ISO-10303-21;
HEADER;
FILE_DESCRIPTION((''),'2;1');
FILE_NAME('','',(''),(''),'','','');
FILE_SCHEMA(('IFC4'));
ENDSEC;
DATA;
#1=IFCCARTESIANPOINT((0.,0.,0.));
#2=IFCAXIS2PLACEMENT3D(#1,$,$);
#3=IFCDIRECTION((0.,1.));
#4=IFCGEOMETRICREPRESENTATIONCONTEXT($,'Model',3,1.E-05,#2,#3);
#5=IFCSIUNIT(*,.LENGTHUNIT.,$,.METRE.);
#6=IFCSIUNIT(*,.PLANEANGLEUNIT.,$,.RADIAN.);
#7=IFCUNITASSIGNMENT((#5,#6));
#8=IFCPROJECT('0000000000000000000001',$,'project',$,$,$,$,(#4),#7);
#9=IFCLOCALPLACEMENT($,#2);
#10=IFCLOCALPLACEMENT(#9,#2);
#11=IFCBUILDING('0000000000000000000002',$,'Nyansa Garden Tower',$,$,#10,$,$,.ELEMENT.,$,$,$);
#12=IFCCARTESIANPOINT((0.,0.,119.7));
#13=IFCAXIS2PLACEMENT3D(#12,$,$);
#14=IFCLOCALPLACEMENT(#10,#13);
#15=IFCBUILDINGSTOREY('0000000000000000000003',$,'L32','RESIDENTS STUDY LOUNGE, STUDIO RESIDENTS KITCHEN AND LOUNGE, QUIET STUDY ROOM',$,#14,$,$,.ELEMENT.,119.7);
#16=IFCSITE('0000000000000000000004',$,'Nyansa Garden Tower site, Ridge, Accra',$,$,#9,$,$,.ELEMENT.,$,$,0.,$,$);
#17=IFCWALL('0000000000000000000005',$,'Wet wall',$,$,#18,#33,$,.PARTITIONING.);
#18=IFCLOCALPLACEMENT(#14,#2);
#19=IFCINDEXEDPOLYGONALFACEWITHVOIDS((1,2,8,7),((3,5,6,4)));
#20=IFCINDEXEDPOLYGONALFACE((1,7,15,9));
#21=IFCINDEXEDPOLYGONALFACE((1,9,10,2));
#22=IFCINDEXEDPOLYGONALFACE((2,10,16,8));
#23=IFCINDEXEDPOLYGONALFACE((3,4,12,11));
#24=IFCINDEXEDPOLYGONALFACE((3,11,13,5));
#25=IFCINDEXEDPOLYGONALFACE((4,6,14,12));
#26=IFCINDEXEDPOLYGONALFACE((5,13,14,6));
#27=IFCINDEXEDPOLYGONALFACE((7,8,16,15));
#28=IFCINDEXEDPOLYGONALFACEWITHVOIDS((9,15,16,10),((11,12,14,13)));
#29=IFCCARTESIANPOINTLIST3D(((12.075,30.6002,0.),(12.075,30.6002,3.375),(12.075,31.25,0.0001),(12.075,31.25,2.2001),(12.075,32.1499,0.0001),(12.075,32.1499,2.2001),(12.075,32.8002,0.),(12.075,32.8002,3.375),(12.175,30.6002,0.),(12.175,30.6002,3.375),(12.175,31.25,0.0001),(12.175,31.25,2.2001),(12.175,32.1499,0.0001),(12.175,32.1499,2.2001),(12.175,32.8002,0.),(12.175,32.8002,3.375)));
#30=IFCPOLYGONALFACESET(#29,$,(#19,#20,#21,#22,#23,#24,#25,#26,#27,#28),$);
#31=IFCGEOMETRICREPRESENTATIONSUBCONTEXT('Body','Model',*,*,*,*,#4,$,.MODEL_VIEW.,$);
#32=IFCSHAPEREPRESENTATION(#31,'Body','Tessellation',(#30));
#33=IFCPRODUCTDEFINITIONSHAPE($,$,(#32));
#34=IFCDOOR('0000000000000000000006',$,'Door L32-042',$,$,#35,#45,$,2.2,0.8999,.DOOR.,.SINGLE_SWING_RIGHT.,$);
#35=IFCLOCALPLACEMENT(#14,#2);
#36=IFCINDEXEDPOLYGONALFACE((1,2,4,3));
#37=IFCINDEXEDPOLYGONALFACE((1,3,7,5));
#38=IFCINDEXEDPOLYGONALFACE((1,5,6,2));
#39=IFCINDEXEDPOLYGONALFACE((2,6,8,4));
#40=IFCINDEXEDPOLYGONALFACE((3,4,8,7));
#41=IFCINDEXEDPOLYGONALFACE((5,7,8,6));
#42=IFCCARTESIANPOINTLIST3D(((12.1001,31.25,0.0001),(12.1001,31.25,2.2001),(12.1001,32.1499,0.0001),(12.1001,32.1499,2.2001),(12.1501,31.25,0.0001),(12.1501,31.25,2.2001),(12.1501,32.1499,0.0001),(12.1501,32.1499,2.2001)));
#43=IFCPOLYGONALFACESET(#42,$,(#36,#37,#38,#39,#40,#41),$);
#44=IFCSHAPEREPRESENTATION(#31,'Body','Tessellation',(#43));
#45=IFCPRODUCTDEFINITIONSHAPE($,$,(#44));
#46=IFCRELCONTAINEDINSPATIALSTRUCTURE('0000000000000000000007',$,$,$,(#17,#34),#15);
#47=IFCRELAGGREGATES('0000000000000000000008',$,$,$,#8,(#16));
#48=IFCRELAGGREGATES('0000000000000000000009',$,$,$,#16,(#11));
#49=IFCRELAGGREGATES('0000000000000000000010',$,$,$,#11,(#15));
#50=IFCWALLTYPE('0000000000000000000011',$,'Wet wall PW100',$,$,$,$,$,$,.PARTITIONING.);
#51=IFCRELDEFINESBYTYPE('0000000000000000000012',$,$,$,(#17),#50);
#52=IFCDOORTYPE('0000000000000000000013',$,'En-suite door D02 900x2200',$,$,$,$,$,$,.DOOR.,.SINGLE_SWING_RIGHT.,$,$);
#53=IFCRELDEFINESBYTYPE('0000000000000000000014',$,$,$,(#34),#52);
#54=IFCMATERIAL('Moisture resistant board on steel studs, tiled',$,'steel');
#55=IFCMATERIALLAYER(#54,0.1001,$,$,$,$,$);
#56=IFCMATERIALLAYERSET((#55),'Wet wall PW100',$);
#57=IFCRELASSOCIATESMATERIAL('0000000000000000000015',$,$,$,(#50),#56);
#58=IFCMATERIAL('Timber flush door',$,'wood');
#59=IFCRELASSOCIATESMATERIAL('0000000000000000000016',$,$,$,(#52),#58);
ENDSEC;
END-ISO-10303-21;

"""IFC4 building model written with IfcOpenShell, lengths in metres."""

from ifc_helpers import new_model, si_unit, direction, frame, frame_2d, origin, place, context, subcontext, project, spatial, rectangle, extrude, material, layer, layer_set, type_object, element, fill, save


model = new_model("IFC4")

# Units and contexts
model_context = context("Model", 3, precision=1e-05, world=origin(), true_north=direction((0.0, 1.0)))
body_context = subcontext(model_context, "Body", "Model", "MODEL_VIEW")
ifc_project = project(units=[si_unit("LENGTHUNIT", "METRE"), si_unit("PLANEANGLEUNIT", "RADIAN")], contexts=[model_context])

# Site, building, storey
site_placement = place(None, origin())
site = spatial("IfcSite", under=ifc_project, at=site_placement, Name="Nyansa Garden Tower site, Ridge, Accra", CompositionType="ELEMENT", RefElevation=0.0)
building_placement = place(site_placement, origin())
building = spatial("IfcBuilding", under=site, at=building_placement, Name="Nyansa Garden Tower", CompositionType="ELEMENT")
storey_placement = place(building_placement, frame((0.0, 0.0, 119.7)))
storey = spatial("IfcBuildingStorey", under=building, at=storey_placement, Name="L32", Description="RESIDENTS STUDY LOUNGE, STUDIO RESIDENTS KITCHEN AND LOUNGE, QUIET STUDY ROOM", CompositionType="ELEMENT", Elevation=119.7)

# Shared definitions
ifc_material_1 = material(Name="Moisture resistant board on steel studs, tiled", Category="steel")
ifc_layer_1 = layer(ifc_material_1, 0.1001)
ifc_layer_set_1 = layer_set([ifc_layer_1], Name="Wet wall PW100")
wall_type_1 = type_object("IfcWallType", Name="Wet wall PW100", PredefinedType="PARTITIONING", material=ifc_layer_set_1)

# Wall, opening, door
wall_1_placement = place(storey_placement, frame((12.125, 30.6001, 0.0), z_axis=(0.0, 0.0, 1.0), x_axis=(0.0, 1.0, 0.0)))
wall_1 = element("IfcWall", 1, at=wall_1_placement, inside=storey, type_object=wall_type_1, Name="Wet wall", PredefinedType="PARTITIONING", context=body_context, shape_type="SweptSolid", body=[
    extrude(rectangle(XDim=2.2, YDim=0.1001, at=frame_2d((1.1001, 0.0))), origin(), (0.0, 0.0, 1.0), 3.375),
])
opening_1_placement = place(wall_1_placement, frame((0.6499, 0.0, 0.0)))
opening_1 = element("IfcOpeningElement", 2, at=opening_1_placement, cuts=wall_1, PredefinedType="OPENING", context=body_context, shape_type="SweptSolid", body=[
    extrude(rectangle(XDim=0.8999, YDim=2.2, at=frame_2d((0.45, 1.1001))), frame((0.0, 0.0601, 0.0), z_axis=(0.0, -1.0, 0.0), x_axis=(1.0, 0.0, 0.0)), (0.0, 0.0, 1.0), 0.1201),
])
ifc_material_2 = material(Name="Timber flush door", Category="wood")
door_type_1 = type_object("IfcDoorType", Name="En-suite door D02 900x2200", OperationType="SINGLE_SWING_RIGHT", PredefinedType="DOOR", material=ifc_material_2)
door_1_placement = place(opening_1_placement, origin())
door_1 = element("IfcDoor", 3, at=door_1_placement, inside=storey, type_object=door_type_1, Name="Door L32-042", OperationType="SINGLE_SWING_RIGHT", OverallHeight=2.2, OverallWidth=0.8999, PredefinedType="DOOR", context=body_context, shape_type="SweptSolid", body=[
    extrude(rectangle(XDim=0.8999, YDim=2.2, at=frame_2d((0.45, 1.1001))), frame((0.0, 0.0249, 0.0), z_axis=(0.0, -1.0, 0.0), x_axis=(1.0, 0.0, 0.0)), (0.0, 0.0, 1.0), 0.05),
])
fill(opening_1, door_1)

save(model, "model.ifc")
